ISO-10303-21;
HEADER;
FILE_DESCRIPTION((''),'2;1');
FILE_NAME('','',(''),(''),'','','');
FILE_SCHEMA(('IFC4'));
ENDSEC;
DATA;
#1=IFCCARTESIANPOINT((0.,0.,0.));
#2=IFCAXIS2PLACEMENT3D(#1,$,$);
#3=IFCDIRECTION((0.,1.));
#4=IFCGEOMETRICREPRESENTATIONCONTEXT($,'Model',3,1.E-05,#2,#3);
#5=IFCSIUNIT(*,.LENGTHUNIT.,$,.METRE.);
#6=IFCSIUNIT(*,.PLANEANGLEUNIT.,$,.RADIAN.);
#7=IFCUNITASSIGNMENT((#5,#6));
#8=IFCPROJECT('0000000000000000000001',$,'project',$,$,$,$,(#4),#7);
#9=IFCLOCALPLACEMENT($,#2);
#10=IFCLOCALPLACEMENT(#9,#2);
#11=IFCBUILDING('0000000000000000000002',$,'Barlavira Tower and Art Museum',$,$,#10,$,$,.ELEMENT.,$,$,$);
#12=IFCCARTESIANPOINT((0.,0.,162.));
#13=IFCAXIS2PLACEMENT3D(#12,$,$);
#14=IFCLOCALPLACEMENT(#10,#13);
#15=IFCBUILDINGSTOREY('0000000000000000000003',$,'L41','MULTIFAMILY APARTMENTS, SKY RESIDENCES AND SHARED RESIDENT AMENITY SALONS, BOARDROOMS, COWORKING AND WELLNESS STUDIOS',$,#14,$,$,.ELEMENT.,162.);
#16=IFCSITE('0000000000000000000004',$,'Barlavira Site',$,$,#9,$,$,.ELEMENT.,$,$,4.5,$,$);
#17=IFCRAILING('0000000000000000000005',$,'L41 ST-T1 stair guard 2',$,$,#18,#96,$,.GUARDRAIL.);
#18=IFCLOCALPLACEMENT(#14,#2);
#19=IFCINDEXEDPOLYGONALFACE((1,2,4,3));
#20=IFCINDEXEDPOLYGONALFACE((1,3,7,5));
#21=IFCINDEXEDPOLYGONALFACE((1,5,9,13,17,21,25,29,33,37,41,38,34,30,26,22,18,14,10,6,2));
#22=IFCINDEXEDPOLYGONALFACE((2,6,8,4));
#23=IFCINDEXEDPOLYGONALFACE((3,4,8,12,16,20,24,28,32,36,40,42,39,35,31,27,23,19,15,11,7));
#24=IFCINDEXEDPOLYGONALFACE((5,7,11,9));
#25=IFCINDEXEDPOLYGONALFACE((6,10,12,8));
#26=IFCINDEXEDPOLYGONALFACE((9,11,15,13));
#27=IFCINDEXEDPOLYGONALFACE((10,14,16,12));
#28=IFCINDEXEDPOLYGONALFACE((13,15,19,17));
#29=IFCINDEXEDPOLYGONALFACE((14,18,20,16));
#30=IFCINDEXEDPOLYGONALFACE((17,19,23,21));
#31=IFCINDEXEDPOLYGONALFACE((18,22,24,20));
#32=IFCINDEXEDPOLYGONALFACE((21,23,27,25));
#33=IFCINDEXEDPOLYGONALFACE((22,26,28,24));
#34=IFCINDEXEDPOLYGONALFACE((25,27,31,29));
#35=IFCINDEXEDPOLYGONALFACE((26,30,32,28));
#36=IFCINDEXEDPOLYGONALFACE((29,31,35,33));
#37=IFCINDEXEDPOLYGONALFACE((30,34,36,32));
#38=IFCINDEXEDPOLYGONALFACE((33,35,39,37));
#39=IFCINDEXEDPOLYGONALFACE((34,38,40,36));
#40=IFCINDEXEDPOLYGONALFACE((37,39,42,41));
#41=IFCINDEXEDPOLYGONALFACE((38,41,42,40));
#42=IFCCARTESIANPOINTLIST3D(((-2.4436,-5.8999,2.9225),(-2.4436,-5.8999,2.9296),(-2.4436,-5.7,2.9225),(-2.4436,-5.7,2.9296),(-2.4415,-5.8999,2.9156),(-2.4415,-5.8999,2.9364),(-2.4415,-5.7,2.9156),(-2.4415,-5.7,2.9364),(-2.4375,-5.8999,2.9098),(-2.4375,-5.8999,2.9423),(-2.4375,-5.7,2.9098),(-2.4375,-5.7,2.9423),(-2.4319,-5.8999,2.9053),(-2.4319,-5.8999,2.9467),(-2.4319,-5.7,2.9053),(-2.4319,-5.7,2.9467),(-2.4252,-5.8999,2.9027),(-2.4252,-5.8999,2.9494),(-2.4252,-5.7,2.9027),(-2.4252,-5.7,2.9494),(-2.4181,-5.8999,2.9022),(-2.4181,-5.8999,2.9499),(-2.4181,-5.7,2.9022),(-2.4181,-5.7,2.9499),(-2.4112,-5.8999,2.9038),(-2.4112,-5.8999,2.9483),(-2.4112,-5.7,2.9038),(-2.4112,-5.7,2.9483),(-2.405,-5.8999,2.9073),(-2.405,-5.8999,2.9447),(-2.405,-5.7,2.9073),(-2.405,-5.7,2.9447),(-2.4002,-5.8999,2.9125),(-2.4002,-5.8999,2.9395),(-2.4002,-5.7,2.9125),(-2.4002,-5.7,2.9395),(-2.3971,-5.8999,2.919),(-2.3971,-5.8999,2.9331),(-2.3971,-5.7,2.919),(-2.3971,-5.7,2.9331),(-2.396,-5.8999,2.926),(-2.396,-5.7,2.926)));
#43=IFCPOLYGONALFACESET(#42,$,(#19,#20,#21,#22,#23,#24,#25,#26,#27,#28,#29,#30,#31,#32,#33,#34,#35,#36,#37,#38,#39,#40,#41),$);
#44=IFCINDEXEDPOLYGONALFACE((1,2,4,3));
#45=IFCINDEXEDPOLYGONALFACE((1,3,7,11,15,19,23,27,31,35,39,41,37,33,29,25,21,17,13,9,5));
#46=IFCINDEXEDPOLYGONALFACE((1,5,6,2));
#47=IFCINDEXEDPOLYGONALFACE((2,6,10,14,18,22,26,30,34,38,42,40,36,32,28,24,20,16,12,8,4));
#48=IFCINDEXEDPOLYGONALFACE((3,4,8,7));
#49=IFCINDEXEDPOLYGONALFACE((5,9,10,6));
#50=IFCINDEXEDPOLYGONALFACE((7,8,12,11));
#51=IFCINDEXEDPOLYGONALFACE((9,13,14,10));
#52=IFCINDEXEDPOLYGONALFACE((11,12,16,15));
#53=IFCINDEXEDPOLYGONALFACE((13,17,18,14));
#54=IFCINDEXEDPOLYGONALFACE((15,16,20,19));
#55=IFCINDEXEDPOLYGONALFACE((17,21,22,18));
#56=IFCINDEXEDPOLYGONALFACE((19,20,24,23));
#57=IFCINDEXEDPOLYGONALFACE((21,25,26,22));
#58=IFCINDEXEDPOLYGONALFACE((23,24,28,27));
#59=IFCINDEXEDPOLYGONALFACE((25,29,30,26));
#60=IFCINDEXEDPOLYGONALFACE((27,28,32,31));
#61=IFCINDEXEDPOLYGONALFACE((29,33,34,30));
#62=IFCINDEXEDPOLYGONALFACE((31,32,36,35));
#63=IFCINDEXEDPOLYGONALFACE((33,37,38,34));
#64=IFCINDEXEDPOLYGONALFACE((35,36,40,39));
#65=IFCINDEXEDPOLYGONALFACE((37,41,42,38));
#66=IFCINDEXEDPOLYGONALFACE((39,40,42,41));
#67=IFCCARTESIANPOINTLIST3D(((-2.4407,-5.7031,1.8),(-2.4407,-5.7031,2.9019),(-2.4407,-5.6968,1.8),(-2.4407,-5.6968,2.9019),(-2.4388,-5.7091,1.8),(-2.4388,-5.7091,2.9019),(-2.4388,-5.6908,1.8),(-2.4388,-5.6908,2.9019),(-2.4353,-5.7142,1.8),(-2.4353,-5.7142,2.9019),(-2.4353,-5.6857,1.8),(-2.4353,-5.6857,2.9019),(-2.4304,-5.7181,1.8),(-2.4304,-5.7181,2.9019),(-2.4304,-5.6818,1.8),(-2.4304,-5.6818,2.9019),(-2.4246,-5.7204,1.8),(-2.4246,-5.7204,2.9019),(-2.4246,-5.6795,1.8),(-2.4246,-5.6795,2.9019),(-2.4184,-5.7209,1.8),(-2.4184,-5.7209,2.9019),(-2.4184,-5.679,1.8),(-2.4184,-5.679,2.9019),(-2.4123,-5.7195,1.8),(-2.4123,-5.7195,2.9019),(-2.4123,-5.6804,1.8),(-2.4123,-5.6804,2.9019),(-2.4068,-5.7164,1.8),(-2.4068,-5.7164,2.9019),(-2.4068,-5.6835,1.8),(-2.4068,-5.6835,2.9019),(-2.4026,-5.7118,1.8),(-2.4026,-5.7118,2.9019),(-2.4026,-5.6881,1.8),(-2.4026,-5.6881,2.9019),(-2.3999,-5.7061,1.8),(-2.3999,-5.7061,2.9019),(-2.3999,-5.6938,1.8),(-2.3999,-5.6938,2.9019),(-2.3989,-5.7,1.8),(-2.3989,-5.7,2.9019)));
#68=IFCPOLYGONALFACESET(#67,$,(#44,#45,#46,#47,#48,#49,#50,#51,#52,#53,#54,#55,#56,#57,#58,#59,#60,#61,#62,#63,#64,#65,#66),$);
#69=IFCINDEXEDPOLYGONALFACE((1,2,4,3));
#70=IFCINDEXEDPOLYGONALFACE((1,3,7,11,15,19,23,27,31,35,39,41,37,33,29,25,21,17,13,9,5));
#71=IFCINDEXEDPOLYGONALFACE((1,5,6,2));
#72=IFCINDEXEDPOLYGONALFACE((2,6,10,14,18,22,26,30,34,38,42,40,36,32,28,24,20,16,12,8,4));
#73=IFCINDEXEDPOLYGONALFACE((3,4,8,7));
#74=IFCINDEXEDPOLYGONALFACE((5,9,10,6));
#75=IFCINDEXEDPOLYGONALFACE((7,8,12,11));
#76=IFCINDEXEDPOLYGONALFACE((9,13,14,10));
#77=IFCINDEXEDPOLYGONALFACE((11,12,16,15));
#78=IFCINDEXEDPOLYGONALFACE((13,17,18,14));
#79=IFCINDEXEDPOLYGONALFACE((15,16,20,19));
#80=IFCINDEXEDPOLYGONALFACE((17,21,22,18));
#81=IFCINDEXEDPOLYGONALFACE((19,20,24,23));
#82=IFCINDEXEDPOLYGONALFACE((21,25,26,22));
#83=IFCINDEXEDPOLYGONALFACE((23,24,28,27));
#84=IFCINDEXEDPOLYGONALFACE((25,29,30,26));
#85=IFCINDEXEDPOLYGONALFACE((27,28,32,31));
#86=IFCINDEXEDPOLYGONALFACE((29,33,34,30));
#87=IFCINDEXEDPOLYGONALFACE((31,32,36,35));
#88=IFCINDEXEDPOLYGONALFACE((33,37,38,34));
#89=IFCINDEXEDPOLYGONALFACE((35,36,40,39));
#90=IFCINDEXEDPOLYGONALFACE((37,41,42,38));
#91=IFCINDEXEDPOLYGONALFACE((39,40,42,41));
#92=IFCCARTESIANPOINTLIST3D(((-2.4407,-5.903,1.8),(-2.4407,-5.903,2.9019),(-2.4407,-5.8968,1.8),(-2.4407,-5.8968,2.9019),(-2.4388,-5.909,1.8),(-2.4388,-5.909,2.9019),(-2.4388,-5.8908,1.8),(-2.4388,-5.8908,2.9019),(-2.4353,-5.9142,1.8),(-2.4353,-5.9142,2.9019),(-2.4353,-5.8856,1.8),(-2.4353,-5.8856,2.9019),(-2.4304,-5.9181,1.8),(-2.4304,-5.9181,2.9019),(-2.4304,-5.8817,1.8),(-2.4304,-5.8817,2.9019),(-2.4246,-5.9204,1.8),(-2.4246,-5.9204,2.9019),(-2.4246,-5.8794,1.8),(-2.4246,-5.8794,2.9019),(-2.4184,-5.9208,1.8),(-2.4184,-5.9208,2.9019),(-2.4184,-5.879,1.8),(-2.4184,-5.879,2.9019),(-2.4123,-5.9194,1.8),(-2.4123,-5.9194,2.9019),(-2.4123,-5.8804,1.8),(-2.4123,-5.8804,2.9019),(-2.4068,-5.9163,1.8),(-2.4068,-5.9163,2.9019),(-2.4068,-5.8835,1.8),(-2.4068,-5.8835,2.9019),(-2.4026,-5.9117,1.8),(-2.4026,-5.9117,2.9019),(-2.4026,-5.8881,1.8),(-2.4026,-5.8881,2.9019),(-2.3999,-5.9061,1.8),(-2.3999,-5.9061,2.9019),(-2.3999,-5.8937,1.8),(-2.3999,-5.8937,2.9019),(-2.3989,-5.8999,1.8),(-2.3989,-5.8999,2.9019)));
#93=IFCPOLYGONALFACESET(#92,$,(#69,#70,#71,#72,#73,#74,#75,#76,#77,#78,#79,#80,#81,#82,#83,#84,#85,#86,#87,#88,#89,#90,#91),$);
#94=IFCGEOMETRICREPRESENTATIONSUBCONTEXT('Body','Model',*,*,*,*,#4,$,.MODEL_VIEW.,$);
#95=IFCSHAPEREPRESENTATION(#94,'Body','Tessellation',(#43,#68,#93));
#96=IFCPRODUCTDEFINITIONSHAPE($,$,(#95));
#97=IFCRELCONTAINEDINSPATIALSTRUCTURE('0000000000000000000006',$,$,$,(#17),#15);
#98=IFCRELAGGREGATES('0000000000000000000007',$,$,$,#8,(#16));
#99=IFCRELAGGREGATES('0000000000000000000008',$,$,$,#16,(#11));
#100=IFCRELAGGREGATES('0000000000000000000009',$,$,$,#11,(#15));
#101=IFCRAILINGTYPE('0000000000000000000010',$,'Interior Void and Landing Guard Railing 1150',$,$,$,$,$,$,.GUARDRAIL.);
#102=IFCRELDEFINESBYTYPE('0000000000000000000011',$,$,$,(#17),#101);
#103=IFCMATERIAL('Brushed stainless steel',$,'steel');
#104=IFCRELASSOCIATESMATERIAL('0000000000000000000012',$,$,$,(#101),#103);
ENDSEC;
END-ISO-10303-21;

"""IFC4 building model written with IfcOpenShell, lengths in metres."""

from ifc_helpers import new_model, si_unit, direction, frame, origin, origin_2d, place, context, subcontext, project, spatial, circle, extrude, material, type_object, element, save


model = new_model("IFC4")

# Units and contexts
model_context = context("Model", 3, precision=1e-05, world=origin(), true_north=direction((0.0, 1.0)))
body_context = subcontext(model_context, "Body", "Model", "MODEL_VIEW")
ifc_project = project(units=[si_unit("LENGTHUNIT", "METRE"), si_unit("PLANEANGLEUNIT", "RADIAN")], contexts=[model_context])

# Site, building, storey
site_placement = place(None, origin())
site = spatial("IfcSite", under=ifc_project, at=site_placement, Name="Barlavira Site", CompositionType="ELEMENT", RefElevation=4.5)
building_placement = place(site_placement, origin())
building = spatial("IfcBuilding", under=site, at=building_placement, Name="Barlavira Tower and Art Museum", CompositionType="ELEMENT")
storey_placement = place(building_placement, frame((0.0, 0.0, 162.0)))
storey = spatial("IfcBuildingStorey", under=building, at=storey_placement, Name="L41", Description="MULTIFAMILY APARTMENTS, SKY RESIDENCES AND SHARED RESIDENT AMENITY SALONS, BOARDROOMS, COWORKING AND WELLNESS STUDIOS", CompositionType="ELEMENT", Elevation=162.0)

# Shared definitions
ifc_material_1 = material(Name="Brushed stainless steel", Category="steel")

# Railing
railing_type_1 = type_object("IfcRailingType", Name="Interior Void and Landing Guard Railing 1150", PredefinedType="GUARDRAIL", material=ifc_material_1)
railing_1_placement = place(storey_placement, frame((-2.4199, -5.7, 1.8)))
element("IfcRailing", 1, at=railing_1_placement, inside=storey, type_object=railing_type_1, Name="L41 ST-T1 stair guard 2", PredefinedType="GUARDRAIL", context=body_context, shape_type="SweptSolid", body=[
    extrude(circle(Radius=0.0239, at=origin_2d()), frame((0.0, 0.0, 1.126), z_axis=(0.0, -1.0, 0.0), x_axis=(1.0, 0.0, 0.0)), (0.0, 0.0, 1.0), 0.2),
    extrude(circle(Radius=0.021, at=origin_2d()), origin(), (0.0, 0.0, 1.0), 1.1018),
    extrude(circle(Radius=0.021, at=origin_2d()), frame((0.0, -0.2, 0.0)), (0.0, 0.0, 1.0), 1.1018),
])

save(model, "model.ifc")
